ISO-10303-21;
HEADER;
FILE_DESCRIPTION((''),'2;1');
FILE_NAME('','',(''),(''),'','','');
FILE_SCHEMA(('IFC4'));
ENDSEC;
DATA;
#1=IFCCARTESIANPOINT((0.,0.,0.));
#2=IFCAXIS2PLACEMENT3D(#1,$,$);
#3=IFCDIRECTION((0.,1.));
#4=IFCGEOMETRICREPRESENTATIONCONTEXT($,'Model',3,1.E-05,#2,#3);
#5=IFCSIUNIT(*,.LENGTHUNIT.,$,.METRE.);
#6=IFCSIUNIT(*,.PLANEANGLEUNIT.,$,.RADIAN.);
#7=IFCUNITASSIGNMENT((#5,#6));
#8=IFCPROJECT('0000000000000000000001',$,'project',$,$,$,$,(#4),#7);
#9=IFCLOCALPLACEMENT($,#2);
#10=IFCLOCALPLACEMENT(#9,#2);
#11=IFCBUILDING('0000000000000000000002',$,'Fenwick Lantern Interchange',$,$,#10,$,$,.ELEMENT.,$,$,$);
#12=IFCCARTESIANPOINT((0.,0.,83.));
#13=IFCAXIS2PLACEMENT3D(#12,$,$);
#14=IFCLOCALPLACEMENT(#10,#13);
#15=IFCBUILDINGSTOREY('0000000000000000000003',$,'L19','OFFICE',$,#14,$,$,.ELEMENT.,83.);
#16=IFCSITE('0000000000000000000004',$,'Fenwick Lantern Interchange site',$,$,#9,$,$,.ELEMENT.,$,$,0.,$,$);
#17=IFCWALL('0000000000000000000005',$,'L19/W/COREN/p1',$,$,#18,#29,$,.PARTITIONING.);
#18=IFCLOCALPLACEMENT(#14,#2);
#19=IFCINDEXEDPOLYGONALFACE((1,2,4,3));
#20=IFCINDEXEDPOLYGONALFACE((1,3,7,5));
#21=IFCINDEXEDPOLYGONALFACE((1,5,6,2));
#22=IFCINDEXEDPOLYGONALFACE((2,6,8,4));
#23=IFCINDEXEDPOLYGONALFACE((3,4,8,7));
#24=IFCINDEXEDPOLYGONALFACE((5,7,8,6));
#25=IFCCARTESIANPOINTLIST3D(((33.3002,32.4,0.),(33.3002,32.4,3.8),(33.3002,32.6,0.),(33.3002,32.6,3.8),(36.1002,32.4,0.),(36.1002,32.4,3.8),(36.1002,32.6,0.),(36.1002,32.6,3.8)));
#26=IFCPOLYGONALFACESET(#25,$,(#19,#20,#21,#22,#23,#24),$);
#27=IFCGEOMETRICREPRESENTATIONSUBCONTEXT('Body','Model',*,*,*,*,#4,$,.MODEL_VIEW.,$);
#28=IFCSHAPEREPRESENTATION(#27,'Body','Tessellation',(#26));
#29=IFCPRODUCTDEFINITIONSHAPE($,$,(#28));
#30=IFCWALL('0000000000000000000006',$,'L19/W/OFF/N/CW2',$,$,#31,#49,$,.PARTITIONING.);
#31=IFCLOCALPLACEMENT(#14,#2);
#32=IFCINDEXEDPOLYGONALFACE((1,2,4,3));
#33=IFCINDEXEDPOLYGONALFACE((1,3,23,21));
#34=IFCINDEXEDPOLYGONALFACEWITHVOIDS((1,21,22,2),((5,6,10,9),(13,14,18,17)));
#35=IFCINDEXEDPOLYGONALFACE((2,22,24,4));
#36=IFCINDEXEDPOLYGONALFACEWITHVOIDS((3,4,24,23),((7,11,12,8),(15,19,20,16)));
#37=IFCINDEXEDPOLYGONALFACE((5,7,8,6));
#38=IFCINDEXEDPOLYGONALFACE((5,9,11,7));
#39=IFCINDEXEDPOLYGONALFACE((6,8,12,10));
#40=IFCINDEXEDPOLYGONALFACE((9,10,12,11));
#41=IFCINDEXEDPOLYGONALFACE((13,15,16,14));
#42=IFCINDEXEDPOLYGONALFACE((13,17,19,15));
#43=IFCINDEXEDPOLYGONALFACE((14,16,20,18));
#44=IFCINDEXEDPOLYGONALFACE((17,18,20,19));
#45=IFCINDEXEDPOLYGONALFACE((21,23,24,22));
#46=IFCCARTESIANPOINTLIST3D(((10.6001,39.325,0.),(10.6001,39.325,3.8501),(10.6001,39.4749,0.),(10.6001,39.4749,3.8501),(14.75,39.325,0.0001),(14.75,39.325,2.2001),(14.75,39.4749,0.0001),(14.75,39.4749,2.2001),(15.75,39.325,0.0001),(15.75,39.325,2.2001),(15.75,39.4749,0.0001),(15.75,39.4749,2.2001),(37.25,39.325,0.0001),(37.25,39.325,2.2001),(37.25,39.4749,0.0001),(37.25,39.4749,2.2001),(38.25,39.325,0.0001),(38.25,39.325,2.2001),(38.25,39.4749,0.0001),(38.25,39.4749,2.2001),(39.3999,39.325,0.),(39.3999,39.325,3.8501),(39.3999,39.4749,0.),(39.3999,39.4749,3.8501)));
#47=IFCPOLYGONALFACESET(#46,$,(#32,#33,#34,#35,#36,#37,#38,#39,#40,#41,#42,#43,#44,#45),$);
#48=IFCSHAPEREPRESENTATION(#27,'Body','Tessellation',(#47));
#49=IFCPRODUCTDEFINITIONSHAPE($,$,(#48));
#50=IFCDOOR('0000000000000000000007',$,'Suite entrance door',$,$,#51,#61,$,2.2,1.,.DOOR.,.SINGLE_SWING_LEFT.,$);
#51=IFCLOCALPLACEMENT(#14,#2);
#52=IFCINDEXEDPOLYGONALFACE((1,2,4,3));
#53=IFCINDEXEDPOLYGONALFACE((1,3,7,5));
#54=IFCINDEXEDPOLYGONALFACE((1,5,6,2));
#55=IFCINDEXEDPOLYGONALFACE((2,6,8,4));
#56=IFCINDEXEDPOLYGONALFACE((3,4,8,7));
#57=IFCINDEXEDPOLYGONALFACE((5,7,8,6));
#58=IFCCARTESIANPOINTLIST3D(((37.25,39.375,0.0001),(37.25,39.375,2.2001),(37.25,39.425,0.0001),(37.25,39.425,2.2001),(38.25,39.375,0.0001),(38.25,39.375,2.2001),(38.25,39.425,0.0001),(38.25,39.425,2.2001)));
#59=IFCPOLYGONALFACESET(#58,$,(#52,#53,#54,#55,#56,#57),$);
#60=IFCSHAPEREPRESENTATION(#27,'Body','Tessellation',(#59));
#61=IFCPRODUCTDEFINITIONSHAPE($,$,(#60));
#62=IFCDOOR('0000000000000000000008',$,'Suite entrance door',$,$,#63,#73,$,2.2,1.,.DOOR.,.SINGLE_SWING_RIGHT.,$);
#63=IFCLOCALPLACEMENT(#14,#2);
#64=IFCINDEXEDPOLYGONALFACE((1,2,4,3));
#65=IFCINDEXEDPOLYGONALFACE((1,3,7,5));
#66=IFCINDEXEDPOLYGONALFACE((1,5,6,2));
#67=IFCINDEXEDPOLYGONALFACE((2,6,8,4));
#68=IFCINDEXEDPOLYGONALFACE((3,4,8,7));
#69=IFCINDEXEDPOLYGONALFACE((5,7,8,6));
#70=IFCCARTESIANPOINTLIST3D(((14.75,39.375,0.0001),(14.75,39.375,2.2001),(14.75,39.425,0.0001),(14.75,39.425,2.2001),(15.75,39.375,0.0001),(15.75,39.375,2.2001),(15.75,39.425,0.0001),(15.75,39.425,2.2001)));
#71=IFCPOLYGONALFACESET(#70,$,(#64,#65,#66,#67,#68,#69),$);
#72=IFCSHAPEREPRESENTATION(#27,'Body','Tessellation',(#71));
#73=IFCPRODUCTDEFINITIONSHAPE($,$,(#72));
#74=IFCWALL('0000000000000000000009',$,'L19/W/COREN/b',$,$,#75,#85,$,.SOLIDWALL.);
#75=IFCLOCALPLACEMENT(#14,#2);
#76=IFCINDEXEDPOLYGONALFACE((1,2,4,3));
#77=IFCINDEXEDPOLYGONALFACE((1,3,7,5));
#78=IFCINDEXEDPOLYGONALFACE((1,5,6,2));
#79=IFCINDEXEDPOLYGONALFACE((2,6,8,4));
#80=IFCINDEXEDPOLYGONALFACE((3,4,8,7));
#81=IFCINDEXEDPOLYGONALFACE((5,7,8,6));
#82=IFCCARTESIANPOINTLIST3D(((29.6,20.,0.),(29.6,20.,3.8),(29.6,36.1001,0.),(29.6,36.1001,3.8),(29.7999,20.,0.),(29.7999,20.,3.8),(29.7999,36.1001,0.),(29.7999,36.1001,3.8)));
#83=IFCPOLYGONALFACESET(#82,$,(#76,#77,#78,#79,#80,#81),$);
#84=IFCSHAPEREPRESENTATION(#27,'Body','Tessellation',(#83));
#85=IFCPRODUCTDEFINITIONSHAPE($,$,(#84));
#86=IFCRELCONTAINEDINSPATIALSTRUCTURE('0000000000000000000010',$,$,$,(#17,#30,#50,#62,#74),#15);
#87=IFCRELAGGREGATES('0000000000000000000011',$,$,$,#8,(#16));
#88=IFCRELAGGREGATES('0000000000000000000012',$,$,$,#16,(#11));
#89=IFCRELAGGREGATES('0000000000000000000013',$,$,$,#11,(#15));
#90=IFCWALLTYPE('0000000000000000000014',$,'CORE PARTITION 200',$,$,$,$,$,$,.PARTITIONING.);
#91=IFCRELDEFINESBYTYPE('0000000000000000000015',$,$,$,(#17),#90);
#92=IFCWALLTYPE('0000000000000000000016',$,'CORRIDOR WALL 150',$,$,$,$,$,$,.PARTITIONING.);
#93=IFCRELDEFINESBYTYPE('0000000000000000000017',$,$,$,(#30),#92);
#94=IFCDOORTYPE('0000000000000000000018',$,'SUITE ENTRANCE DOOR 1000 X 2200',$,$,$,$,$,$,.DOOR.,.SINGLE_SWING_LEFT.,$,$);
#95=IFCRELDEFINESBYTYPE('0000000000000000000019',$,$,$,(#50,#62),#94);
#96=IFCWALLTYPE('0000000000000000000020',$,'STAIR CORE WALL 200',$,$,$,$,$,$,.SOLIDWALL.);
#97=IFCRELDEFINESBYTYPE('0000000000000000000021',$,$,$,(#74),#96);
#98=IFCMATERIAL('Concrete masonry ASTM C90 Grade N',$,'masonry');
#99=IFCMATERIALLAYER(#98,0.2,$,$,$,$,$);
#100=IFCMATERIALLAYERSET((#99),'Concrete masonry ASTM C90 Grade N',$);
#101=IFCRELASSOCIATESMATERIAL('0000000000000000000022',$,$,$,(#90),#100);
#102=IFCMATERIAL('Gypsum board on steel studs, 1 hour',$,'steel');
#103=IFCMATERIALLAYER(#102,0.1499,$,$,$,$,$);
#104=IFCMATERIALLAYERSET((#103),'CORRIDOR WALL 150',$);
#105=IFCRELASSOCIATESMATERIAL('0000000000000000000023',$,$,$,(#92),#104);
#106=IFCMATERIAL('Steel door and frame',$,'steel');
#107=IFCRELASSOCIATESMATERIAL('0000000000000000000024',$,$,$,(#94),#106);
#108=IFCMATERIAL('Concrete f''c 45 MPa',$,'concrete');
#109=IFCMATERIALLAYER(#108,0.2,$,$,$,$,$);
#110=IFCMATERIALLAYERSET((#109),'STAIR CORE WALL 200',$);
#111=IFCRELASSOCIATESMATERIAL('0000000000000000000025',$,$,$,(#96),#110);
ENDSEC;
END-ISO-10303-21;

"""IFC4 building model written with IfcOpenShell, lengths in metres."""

from ifc_helpers import new_model, si_unit, direction, frame, frame_2d, origin, place, context, subcontext, project, spatial, rectangle, extrude, material, layer, layer_set, type_object, element, fill, save


model = new_model("IFC4")

# Units and contexts
model_context = context("Model", 3, precision=1e-05, world=origin(), true_north=direction((0.0, 1.0)))
body_context = subcontext(model_context, "Body", "Model", "MODEL_VIEW")
ifc_project = project(units=[si_unit("LENGTHUNIT", "METRE"), si_unit("PLANEANGLEUNIT", "RADIAN")], contexts=[model_context])

# Site, building, storey
site_placement = place(None, origin())
site = spatial("IfcSite", under=ifc_project, at=site_placement, Name="Fenwick Lantern Interchange site", CompositionType="ELEMENT", RefElevation=0.0)
building_placement = place(site_placement, origin())
building = spatial("IfcBuilding", under=site, at=building_placement, Name="Fenwick Lantern Interchange", CompositionType="ELEMENT")
storey_placement = place(building_placement, frame((0.0, 0.0, 83.0)))
storey = spatial("IfcBuildingStorey", under=building, at=storey_placement, Name="L19", Description="OFFICE", CompositionType="ELEMENT", Elevation=83.0)

# Wall
ifc_material_1 = material(Name="Concrete masonry ASTM C90 Grade N", Category="masonry")
ifc_layer_1 = layer(ifc_material_1, 0.2)
ifc_layer_set_1 = layer_set([ifc_layer_1], Name="Concrete masonry ASTM C90 Grade N")
wall_type_1 = type_object("IfcWallType", Name="CORE PARTITION 200", PredefinedType="PARTITIONING", material=ifc_layer_set_1)
for number, where, z_axis, x_axis, name in (
    (1, (36.1001, 32.5, 0.0), (0.0, 0.0, 1.0), (-1.0, 0.0, 0.0), "L19/W/COREN/p1"),
):
    element("IfcWall", number, at=place(storey_placement, frame(where, z_axis=z_axis, x_axis=x_axis)), inside=storey, type_object=wall_type_1, Name=name, PredefinedType="PARTITIONING", context=body_context, shape_type="SweptSolid", body=[
        extrude(rectangle(XDim=2.8, YDim=0.2, at=frame_2d((1.3999, 0.0))), origin(), (0.0, 0.0, 1.0), 3.8),
    ])

# Wall, openings, doors
ifc_material_2 = material(Name="Steel door and frame", Category="steel")
ifc_material_3 = material(Name="Gypsum board on steel studs, 1 hour", Category="steel")
ifc_layer_2 = layer(ifc_material_3, 0.1499)
ifc_layer_set_2 = layer_set([ifc_layer_2], Name="CORRIDOR WALL 150")
wall_type_2 = type_object("IfcWallType", Name="CORRIDOR WALL 150", PredefinedType="PARTITIONING", material=ifc_layer_set_2)
wall_1_placement = place(storey_placement, frame((39.3999, 39.3999, 0.0), z_axis=(0.0, 0.0, 1.0), x_axis=(-1.0, 0.0, 0.0)))
wall_1 = element("IfcWall", 2, at=wall_1_placement, inside=storey, type_object=wall_type_2, Name="L19/W/OFF/N/CW2", PredefinedType="PARTITIONING", context=body_context, shape_type="SweptSolid", body=[
    extrude(rectangle(XDim=28.7998, YDim=0.1499, at=frame_2d((14.3999, 0.0))), origin(), (0.0, 0.0, 1.0), 3.8501),
])
opening_1_placement = place(wall_1_placement, frame((1.1499, 0.0, 0.0)))
opening_1 = element("IfcOpeningElement", 3, at=opening_1_placement, cuts=wall_1, PredefinedType="OPENING", context=body_context, shape_type="SweptSolid", body=[
    extrude(rectangle(XDim=1.0, YDim=2.2, at=frame_2d((0.5, 1.1001))), frame((0.0, 0.085, 0.0), z_axis=(0.0, -1.0, 0.0), x_axis=(1.0, 0.0, 0.0)), (0.0, 0.0, 1.0), 0.1699),
])
opening_2_placement = place(wall_1_placement, frame((23.6499, 0.0, 0.0)))
opening_2 = element("IfcOpeningElement", 4, at=opening_2_placement, cuts=wall_1, PredefinedType="OPENING", context=body_context, shape_type="SweptSolid", body=[
    extrude(rectangle(XDim=1.0, YDim=2.2, at=frame_2d((0.5, 1.1001))), frame((0.0, 0.085, 0.0), z_axis=(0.0, -1.0, 0.0), x_axis=(1.0, 0.0, 0.0)), (0.0, 0.0, 1.0), 0.1699),
])
door_type_1 = type_object("IfcDoorType", Name="SUITE ENTRANCE DOOR 1000 X 2200", OperationType="SINGLE_SWING_LEFT", PredefinedType="DOOR", material=ifc_material_2)
door_1_placement = place(opening_1_placement, origin())
door_1 = element("IfcDoor", 5, at=door_1_placement, inside=storey, type_object=door_type_1, Name="Suite entrance door", OperationType="SINGLE_SWING_LEFT", OverallHeight=2.2, OverallWidth=1.0, PredefinedType="DOOR", context=body_context, shape_type="SweptSolid", body=[
    extrude(rectangle(XDim=1.0, YDim=2.2, at=frame_2d((0.5, 1.1001))), frame((0.0, 0.0249, 0.0), z_axis=(0.0, -1.0, 0.0), x_axis=(1.0, 0.0, 0.0)), (0.0, 0.0, 1.0), 0.05),
])
fill(opening_1, door_1)
door_2_placement = place(opening_2_placement, origin())
door_2 = element("IfcDoor", 6, at=door_2_placement, inside=storey, type_object=door_type_1, Name="Suite entrance door", OperationType="SINGLE_SWING_RIGHT", OverallHeight=2.2, OverallWidth=1.0, PredefinedType="DOOR", context=body_context, shape_type="SweptSolid", body=[
    extrude(rectangle(XDim=1.0, YDim=2.2, at=frame_2d((0.5, 1.1001))), frame((0.0, 0.0249, 0.0), z_axis=(0.0, -1.0, 0.0), x_axis=(1.0, 0.0, 0.0)), (0.0, 0.0, 1.0), 0.05),
])
fill(opening_2, door_2)

# Wall
ifc_material_4 = material(Name="Concrete f'c 45 MPa", Category="concrete")
ifc_layer_3 = layer(ifc_material_4, 0.2)
ifc_layer_set_3 = layer_set([ifc_layer_3], Name="STAIR CORE WALL 200")
wall_type_3 = type_object("IfcWallType", Name="STAIR CORE WALL 200", PredefinedType="SOLIDWALL", material=ifc_layer_set_3)
wall_2_placement = place(storey_placement, frame((29.7, 36.1001, 0.0), z_axis=(0.0, 0.0, 1.0), x_axis=(0.0, -1.0, 0.0)))
element("IfcWall", 7, at=wall_2_placement, inside=storey, type_object=wall_type_3, Name="L19/W/COREN/b", PredefinedType="SOLIDWALL", context=body_context, shape_type="SweptSolid", body=[
    extrude(rectangle(XDim=16.1001, YDim=0.2, at=frame_2d((8.05, 0.0))), origin(), (0.0, 0.0, 1.0), 3.8),
])

save(model, "model.ifc")
